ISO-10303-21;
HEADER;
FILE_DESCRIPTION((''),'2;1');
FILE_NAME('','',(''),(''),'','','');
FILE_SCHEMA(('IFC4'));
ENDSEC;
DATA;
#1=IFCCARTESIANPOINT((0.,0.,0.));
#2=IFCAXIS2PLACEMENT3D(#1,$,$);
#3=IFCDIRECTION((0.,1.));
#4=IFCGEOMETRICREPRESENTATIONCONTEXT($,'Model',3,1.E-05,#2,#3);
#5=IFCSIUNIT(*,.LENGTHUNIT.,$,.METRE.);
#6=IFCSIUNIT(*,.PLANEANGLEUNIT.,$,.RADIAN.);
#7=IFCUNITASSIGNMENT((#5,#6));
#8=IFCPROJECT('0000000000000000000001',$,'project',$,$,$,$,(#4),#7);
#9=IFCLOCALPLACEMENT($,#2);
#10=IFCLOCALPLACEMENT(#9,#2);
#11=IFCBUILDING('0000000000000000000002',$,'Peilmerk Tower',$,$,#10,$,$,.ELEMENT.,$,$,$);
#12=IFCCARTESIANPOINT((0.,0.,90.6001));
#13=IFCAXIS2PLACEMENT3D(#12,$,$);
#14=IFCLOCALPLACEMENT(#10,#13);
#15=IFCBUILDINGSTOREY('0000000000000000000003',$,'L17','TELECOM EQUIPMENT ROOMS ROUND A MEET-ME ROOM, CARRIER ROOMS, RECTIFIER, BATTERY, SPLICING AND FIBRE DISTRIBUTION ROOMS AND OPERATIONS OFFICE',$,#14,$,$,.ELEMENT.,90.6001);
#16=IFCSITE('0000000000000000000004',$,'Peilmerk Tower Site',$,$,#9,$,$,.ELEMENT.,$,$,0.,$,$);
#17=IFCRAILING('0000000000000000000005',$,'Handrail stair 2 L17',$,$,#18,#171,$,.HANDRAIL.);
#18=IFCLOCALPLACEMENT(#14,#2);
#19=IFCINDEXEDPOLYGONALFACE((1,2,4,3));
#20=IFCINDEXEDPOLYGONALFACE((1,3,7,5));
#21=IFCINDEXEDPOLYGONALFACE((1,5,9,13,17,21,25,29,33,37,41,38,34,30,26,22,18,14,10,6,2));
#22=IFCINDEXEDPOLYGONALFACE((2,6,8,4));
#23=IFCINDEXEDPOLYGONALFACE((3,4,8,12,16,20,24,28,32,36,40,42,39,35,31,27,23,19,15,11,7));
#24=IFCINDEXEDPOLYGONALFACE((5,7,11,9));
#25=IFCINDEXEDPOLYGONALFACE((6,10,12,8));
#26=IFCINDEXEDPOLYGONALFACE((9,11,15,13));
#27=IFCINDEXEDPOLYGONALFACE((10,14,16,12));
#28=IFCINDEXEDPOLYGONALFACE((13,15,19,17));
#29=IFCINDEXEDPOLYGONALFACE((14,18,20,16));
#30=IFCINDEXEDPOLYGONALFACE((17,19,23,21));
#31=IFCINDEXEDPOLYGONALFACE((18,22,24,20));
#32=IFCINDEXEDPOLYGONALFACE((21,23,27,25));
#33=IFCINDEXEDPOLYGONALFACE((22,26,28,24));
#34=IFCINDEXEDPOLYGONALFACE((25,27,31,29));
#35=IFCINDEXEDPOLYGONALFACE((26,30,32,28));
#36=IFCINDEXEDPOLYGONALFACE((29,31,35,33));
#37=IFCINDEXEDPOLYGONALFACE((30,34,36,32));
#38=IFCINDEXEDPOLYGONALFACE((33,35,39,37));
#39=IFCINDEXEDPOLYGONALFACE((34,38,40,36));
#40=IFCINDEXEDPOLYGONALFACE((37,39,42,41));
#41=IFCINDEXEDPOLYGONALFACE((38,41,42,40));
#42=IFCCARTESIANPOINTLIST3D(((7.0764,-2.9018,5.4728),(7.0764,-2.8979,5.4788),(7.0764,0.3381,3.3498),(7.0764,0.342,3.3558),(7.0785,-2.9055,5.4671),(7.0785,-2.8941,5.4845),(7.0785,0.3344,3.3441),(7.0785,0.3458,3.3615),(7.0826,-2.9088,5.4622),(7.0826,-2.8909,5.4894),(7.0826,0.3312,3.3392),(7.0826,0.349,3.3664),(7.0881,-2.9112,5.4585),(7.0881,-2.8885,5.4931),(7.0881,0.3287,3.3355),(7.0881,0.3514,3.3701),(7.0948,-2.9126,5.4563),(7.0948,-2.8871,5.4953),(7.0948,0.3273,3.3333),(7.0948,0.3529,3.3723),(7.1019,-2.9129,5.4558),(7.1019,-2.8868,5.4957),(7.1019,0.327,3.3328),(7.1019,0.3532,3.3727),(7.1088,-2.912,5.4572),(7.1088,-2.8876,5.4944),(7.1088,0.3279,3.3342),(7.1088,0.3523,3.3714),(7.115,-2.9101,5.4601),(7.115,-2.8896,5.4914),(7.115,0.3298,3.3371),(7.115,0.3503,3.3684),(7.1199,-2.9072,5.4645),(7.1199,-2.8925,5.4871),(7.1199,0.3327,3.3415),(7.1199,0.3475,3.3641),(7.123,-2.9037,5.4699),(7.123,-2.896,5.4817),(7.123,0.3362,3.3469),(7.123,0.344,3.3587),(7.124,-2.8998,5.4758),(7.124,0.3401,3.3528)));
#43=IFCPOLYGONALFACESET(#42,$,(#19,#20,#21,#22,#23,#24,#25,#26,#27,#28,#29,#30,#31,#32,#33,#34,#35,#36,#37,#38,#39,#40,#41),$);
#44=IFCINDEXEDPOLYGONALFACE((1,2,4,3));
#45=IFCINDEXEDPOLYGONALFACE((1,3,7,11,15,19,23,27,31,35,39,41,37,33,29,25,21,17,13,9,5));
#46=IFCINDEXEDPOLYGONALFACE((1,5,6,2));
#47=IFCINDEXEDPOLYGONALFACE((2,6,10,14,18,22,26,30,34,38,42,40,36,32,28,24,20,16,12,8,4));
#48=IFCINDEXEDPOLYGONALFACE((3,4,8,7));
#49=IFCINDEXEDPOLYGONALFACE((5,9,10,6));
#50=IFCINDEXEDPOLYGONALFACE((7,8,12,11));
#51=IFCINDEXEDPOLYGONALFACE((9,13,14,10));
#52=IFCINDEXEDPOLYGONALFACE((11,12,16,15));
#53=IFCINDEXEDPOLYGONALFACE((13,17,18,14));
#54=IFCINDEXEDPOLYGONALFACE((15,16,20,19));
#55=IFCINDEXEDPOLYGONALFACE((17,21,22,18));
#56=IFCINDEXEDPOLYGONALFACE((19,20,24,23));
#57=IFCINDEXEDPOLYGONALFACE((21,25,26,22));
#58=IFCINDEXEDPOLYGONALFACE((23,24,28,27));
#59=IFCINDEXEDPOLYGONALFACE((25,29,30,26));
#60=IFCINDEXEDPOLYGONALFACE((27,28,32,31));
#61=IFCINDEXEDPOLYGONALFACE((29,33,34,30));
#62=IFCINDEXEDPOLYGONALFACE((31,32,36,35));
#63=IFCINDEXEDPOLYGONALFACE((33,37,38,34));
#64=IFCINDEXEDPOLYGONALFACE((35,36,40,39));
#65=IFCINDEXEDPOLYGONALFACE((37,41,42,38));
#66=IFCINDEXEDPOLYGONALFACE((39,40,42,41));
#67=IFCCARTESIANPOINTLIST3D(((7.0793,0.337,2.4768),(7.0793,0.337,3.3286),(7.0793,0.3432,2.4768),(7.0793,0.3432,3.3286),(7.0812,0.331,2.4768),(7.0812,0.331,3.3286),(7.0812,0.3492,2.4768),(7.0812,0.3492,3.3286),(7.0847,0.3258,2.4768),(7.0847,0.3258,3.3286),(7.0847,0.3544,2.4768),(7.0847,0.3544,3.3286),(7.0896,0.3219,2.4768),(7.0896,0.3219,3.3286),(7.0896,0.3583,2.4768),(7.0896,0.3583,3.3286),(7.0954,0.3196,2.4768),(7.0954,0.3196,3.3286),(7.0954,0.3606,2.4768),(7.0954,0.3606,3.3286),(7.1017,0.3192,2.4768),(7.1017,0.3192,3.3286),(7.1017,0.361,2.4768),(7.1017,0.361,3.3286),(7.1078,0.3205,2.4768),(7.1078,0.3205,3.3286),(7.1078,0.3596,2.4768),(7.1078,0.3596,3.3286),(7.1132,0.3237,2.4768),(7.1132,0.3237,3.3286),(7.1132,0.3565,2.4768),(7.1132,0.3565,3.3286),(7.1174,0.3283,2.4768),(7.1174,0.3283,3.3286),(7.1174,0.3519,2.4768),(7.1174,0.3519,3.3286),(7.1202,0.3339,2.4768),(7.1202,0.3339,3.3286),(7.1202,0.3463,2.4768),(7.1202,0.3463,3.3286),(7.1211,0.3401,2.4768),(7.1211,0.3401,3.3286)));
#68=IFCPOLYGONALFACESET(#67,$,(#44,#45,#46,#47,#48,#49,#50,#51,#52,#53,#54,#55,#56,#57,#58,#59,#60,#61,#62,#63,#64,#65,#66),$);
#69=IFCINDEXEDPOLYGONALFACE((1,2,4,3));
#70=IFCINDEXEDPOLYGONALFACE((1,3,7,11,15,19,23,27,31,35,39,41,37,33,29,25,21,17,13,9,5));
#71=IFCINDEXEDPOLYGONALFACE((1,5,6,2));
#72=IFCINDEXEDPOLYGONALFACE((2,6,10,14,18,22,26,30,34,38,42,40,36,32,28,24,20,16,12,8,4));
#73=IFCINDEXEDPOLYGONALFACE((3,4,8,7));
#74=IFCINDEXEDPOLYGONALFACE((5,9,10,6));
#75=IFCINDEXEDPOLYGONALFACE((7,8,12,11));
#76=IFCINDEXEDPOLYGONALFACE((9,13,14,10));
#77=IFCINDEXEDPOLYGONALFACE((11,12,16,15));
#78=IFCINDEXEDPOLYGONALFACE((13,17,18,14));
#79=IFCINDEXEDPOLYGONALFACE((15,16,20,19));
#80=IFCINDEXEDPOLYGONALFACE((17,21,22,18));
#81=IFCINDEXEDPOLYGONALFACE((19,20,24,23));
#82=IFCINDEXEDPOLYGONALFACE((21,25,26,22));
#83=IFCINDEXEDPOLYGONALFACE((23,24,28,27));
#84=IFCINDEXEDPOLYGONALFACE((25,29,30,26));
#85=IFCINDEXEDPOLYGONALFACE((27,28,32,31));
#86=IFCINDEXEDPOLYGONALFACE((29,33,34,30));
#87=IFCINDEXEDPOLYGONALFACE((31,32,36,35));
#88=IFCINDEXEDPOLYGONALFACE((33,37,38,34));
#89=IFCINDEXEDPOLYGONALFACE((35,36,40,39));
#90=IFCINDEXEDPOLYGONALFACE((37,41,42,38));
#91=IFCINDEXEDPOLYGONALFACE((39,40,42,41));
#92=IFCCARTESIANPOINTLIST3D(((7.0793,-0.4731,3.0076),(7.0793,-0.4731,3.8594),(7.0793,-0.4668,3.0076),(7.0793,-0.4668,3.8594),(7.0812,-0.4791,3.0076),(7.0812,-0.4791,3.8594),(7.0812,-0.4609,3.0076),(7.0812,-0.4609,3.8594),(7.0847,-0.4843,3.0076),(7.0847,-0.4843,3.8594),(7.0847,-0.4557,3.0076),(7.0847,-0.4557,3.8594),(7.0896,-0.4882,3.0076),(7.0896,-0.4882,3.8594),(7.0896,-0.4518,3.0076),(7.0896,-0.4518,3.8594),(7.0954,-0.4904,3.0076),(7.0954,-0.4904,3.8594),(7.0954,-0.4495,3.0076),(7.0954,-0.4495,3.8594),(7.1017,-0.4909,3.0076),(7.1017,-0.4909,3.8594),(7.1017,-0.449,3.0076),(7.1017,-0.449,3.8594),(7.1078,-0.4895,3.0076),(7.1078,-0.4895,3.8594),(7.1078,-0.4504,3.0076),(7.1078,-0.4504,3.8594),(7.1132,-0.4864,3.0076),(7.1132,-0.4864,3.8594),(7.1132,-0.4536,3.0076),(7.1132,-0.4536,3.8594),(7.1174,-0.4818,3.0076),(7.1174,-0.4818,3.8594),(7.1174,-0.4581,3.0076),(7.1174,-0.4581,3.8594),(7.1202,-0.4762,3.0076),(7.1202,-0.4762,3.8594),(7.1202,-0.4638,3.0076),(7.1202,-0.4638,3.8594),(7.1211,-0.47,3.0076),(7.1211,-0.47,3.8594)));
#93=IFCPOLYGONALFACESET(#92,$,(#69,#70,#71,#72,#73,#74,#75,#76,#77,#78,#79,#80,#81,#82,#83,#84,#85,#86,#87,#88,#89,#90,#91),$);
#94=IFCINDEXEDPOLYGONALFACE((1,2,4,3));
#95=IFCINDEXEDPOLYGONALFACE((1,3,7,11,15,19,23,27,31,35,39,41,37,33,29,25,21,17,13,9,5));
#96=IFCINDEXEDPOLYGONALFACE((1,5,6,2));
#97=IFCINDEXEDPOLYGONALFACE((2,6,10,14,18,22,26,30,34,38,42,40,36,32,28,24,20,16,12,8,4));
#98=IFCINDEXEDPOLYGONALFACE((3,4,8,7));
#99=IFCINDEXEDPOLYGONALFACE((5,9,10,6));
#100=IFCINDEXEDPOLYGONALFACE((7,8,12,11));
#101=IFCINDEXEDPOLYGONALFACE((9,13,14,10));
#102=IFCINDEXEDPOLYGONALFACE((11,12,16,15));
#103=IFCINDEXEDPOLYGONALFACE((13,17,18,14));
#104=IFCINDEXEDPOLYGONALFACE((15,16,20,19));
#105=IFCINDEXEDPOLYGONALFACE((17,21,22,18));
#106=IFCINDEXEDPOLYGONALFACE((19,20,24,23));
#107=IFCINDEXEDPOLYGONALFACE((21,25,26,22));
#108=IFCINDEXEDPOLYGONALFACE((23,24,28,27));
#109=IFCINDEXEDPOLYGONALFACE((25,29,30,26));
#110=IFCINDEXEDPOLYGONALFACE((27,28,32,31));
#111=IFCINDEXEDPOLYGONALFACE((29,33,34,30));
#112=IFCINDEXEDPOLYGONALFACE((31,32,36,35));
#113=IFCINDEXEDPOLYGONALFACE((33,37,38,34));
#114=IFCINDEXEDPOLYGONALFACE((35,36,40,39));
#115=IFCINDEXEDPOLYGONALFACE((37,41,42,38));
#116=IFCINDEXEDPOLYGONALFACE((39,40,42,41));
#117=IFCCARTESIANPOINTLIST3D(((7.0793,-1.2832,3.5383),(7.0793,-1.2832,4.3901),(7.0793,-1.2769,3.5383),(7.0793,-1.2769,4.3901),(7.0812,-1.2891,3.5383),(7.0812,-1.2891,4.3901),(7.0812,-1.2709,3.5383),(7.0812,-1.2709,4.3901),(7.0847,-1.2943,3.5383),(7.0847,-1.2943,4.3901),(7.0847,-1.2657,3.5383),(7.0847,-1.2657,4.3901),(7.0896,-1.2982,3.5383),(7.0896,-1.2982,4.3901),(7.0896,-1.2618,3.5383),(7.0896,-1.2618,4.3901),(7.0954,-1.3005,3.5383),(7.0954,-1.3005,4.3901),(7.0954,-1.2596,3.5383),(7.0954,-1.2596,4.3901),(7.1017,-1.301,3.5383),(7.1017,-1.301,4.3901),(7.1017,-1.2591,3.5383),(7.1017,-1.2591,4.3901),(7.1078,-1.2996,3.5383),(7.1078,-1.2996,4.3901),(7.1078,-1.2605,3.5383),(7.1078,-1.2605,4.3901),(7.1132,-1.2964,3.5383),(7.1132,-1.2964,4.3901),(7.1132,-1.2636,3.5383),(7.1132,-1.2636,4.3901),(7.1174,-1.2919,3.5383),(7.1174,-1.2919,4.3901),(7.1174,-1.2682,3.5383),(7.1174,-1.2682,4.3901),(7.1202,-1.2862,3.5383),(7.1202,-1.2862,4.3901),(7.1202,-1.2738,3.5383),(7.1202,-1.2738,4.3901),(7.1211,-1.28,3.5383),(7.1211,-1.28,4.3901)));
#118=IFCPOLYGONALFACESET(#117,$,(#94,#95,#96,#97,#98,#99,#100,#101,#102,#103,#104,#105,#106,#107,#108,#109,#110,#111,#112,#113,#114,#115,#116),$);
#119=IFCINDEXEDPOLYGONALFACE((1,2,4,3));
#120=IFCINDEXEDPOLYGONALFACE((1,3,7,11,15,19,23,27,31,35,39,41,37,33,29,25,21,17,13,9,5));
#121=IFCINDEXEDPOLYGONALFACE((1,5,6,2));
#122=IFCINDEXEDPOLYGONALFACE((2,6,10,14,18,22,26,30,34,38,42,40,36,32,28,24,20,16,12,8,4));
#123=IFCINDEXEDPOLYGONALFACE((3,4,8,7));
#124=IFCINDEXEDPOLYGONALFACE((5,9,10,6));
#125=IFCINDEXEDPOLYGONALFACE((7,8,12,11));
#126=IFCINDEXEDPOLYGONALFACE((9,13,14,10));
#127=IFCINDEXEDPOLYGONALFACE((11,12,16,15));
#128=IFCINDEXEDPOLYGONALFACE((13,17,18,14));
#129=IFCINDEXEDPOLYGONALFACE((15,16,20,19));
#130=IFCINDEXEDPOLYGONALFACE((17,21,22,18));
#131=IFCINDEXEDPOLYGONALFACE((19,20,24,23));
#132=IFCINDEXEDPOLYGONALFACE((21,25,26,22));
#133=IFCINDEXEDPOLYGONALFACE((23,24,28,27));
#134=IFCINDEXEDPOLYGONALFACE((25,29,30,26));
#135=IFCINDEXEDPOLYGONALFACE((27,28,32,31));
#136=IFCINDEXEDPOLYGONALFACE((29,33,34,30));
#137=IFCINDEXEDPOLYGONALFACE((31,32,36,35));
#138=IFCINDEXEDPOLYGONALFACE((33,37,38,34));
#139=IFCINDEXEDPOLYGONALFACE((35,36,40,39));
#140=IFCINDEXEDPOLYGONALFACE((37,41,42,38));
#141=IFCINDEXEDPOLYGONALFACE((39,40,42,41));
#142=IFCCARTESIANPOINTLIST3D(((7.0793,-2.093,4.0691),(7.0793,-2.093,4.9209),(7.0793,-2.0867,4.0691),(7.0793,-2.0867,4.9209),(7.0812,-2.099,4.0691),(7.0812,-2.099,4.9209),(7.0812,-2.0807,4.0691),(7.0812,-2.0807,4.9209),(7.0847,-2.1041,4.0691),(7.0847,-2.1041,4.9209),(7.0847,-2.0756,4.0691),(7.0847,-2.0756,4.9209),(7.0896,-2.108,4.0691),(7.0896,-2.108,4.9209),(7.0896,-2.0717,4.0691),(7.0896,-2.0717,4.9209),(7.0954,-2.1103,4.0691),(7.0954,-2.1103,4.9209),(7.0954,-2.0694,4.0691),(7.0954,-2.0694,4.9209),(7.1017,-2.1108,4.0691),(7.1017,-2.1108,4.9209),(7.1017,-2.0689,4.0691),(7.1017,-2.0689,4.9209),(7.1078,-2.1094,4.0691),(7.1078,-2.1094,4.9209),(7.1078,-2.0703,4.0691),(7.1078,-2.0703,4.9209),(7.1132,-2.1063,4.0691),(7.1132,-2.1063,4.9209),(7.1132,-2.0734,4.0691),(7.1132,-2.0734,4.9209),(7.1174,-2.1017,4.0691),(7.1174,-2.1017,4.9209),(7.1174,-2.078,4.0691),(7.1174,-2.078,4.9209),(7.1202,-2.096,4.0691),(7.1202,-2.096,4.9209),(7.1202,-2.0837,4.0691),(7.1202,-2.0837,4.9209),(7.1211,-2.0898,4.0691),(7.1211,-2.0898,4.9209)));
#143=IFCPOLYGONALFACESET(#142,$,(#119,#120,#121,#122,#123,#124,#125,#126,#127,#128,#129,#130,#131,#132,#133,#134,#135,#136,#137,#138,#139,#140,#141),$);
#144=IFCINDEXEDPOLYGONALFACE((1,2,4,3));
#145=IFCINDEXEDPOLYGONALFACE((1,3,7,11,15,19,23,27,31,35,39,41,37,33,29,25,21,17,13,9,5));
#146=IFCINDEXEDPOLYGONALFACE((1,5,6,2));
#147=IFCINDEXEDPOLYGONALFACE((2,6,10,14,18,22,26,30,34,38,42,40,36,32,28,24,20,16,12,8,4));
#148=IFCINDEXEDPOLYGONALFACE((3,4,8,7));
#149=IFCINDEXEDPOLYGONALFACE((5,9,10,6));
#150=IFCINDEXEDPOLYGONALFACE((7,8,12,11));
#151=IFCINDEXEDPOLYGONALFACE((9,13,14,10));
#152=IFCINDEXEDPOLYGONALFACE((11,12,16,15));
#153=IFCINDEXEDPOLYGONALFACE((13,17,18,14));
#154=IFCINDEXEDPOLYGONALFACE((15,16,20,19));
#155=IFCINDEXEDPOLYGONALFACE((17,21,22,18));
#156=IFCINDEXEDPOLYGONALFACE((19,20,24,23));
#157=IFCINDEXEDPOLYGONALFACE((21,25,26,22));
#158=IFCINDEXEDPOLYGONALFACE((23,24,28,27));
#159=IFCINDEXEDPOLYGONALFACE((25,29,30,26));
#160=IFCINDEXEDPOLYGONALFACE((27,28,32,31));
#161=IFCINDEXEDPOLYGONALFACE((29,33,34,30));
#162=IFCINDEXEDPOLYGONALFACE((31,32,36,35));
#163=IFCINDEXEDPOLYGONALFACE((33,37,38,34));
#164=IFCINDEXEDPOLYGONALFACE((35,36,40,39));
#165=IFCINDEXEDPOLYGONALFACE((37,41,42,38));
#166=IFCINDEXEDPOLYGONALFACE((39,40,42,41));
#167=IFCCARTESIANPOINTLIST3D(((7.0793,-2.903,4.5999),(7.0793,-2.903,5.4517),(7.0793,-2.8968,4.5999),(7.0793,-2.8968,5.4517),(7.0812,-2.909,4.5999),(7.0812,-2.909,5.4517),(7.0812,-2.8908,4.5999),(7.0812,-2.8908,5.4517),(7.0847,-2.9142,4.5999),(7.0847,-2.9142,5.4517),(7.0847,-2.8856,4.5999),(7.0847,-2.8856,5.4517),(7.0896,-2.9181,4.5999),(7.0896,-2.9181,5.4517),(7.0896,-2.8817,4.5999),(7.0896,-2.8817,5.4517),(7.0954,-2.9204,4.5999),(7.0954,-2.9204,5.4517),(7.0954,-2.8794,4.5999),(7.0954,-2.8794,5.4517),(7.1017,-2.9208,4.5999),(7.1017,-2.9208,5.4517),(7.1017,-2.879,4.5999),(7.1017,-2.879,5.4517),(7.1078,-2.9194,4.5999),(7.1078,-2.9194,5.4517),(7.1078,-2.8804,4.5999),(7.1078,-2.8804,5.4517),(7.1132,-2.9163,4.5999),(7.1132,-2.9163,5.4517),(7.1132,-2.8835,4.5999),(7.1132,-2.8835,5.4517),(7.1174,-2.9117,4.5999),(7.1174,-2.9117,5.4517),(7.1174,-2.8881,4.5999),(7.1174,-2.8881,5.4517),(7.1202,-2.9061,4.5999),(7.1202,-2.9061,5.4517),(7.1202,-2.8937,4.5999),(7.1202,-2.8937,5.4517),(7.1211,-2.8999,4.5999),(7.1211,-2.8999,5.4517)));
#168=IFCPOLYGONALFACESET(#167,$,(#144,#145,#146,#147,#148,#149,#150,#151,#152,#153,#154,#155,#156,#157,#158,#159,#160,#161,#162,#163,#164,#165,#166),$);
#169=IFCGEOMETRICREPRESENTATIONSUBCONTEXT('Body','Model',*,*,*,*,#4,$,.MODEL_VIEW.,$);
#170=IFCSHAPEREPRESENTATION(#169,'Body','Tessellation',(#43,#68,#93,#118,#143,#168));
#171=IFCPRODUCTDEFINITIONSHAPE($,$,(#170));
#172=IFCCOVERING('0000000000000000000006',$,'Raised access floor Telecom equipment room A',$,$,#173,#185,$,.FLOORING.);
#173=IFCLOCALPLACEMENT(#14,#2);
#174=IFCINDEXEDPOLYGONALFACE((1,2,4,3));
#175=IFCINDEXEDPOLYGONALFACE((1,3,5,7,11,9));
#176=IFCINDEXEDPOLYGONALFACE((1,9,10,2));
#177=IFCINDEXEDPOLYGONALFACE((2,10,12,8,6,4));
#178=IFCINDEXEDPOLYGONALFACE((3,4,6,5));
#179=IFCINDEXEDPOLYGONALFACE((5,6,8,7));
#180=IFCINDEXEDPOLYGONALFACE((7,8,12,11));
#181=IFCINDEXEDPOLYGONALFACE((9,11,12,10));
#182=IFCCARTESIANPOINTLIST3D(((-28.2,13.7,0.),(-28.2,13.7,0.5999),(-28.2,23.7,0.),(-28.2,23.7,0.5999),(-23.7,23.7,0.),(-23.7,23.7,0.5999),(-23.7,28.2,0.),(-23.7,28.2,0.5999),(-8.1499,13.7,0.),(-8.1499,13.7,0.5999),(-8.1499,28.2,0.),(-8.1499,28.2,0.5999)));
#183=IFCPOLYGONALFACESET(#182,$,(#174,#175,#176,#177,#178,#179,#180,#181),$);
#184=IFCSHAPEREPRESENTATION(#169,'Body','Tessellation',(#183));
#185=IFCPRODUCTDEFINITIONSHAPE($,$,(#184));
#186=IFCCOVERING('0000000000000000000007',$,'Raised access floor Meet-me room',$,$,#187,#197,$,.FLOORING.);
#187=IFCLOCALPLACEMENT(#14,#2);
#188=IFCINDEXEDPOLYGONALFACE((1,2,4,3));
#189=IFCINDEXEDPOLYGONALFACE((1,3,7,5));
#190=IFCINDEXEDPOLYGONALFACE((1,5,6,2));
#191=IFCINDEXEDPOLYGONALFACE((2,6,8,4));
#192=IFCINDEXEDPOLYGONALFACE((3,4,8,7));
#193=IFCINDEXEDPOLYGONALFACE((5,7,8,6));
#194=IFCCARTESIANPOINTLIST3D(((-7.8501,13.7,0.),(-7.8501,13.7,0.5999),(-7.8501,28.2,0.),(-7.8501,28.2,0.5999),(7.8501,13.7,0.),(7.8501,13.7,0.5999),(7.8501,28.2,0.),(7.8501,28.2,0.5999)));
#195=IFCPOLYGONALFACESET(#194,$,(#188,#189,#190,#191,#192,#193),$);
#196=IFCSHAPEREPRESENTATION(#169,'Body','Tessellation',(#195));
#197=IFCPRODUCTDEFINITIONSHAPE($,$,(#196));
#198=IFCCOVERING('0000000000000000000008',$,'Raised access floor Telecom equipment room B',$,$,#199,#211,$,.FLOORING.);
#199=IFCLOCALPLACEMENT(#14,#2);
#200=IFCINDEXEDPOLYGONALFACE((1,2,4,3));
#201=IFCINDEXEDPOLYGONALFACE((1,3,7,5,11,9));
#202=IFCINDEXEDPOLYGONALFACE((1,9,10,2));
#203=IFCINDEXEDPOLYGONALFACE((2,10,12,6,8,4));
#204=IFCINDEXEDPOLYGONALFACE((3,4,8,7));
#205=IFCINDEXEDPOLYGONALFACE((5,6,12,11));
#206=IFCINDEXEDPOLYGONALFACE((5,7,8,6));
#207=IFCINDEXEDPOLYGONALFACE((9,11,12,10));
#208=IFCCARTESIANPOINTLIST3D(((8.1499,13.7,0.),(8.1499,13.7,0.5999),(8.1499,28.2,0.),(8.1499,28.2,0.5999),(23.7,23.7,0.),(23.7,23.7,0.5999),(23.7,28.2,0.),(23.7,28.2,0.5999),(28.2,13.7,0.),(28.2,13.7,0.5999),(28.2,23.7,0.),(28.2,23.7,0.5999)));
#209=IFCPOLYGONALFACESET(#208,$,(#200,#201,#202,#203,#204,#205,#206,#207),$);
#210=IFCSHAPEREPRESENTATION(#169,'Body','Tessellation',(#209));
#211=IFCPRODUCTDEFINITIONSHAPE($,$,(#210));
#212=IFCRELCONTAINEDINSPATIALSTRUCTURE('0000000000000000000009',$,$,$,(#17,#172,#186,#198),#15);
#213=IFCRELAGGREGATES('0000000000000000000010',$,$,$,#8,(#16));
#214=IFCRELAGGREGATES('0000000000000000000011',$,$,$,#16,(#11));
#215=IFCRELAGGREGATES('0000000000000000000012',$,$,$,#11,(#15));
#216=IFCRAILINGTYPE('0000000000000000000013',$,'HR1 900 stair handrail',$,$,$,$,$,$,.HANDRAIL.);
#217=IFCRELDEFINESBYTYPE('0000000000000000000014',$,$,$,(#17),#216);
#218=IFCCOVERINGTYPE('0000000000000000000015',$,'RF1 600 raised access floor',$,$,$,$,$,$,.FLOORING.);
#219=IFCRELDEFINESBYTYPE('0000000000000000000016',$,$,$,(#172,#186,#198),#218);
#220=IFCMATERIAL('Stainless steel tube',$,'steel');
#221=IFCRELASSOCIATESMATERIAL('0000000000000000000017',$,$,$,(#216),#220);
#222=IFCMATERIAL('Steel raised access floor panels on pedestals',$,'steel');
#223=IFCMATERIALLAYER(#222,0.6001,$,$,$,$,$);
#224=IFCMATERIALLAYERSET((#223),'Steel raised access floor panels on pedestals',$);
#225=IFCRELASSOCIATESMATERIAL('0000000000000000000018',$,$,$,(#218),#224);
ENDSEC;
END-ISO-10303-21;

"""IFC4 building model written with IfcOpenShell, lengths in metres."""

from ifc_helpers import new_model, si_unit, direction, frame, origin, origin_2d, place, context, subcontext, project, spatial, polyline, circle, outline, extrude, material, layer, layer_set, type_object, element, save


model = new_model("IFC4")

# Units and contexts
model_context = context("Model", 3, precision=1e-05, world=origin(), true_north=direction((0.0, 1.0)))
body_context = subcontext(model_context, "Body", "Model", "MODEL_VIEW")
ifc_project = project(units=[si_unit("LENGTHUNIT", "METRE"), si_unit("PLANEANGLEUNIT", "RADIAN")], contexts=[model_context])

# Site, building, storey
site_placement = place(None, origin())
site = spatial("IfcSite", under=ifc_project, at=site_placement, Name="Peilmerk Tower Site", CompositionType="ELEMENT", RefElevation=0.0)
building_placement = place(site_placement, origin())
building = spatial("IfcBuilding", under=site, at=building_placement, Name="Peilmerk Tower", CompositionType="ELEMENT")
storey_placement = place(building_placement, frame((0.0, 0.0, 90.6001)))
storey = spatial("IfcBuildingStorey", under=building, at=storey_placement, Name="L17", Description="TELECOM EQUIPMENT ROOMS ROUND A MEET-ME ROOM, CARRIER ROOMS, RECTIFIER, BATTERY, SPLICING AND FIBRE DISTRIBUTION ROOMS AND OPERATIONS OFFICE", CompositionType="ELEMENT", Elevation=90.6001)

# Railing
ifc_material_1 = material(Name="Stainless steel tube", Category="steel")
railing_type_1 = type_object("IfcRailingType", Name="HR1 900 stair handrail", PredefinedType="HANDRAIL", material=ifc_material_1)
railing_1_placement = place(storey_placement, frame((7.1001, 0.3401, 2.4768)))
element("IfcRailing", 1, at=railing_1_placement, inside=storey, type_object=railing_type_1, Name="Handrail stair 2 L17", PredefinedType="HANDRAIL", context=body_context, shape_type="SweptSolid", body=[
    extrude(circle(Radius=0.0239, at=origin_2d()), frame((0.0, 0.0, 0.876), z_axis=(0.0, -0.836426, 0.548079), x_axis=(1.0, 0.0, 0.0)), (0.0, 0.0, 1.0), 3.8735),
    extrude(circle(Radius=0.021, at=origin_2d()), origin(), (0.0, 0.0, 1.0), 0.8518),
    extrude(circle(Radius=0.021, at=origin_2d()), frame((0.0, -0.8101, 0.5308)), (0.0, 0.0, 1.0), 0.8518),
    extrude(circle(Radius=0.021, at=origin_2d()), frame((0.0, -1.6201, 1.0615)), (0.0, 0.0, 1.0), 0.8518),
    extrude(circle(Radius=0.021, at=origin_2d()), frame((0.0, -2.4299, 1.5923)), (0.0, 0.0, 1.0), 0.8518),
    extrude(circle(Radius=0.021, at=origin_2d()), frame((0.0, -3.24, 2.123)), (0.0, 0.0, 1.0), 0.8518),
])

# Coverings
ifc_material_2 = material(Name="Steel raised access floor panels on pedestals", Category="steel")
ifc_layer_1 = layer(ifc_material_2, 0.6001)
ifc_layer_set_1 = layer_set([ifc_layer_1], Name="Steel raised access floor panels on pedestals")
covering_type_1 = type_object("IfcCoveringType", Name="RF1 600 raised access floor", PredefinedType="FLOORING", material=ifc_layer_set_1)
covering_1_placement = place(storey_placement, origin())
element("IfcCovering", 2, at=covering_1_placement, inside=storey, type_object=covering_type_1, Name="Raised access floor Telecom equipment room A", PredefinedType="FLOORING", context=body_context, shape_type="SweptSolid", body=[
    extrude(outline(polyline([(-28.2, 23.7), (-28.2, 13.7), (-8.1499, 13.7), (-8.1499, 28.2), (-23.7, 28.2), (-23.7, 23.7), (-28.2, 23.7)])), origin(), (0.0, 0.0, 1.0), 0.5999),
])
covering_2_placement = place(storey_placement, origin())
element("IfcCovering", 3, at=covering_2_placement, inside=storey, type_object=covering_type_1, Name="Raised access floor Meet-me room", PredefinedType="FLOORING", context=body_context, shape_type="SweptSolid", body=[
    extrude(outline(polyline([(7.8501, 28.2), (-7.8501, 28.2), (-7.8501, 13.7), (7.8501, 13.7), (7.8501, 28.2)])), origin(), (0.0, 0.0, 1.0), 0.5999),
])
covering_3_placement = place(storey_placement, origin())
element("IfcCovering", 4, at=covering_3_placement, inside=storey, type_object=covering_type_1, Name="Raised access floor Telecom equipment room B", PredefinedType="FLOORING", context=body_context, shape_type="SweptSolid", body=[
    extrude(outline(polyline([(23.7, 28.2), (8.1499, 28.2), (8.1499, 13.7), (28.2, 13.7), (28.2, 23.7), (23.7, 23.7), (23.7, 28.2)])), origin(), (0.0, 0.0, 1.0), 0.5999),
])

save(model, "model.ifc")
